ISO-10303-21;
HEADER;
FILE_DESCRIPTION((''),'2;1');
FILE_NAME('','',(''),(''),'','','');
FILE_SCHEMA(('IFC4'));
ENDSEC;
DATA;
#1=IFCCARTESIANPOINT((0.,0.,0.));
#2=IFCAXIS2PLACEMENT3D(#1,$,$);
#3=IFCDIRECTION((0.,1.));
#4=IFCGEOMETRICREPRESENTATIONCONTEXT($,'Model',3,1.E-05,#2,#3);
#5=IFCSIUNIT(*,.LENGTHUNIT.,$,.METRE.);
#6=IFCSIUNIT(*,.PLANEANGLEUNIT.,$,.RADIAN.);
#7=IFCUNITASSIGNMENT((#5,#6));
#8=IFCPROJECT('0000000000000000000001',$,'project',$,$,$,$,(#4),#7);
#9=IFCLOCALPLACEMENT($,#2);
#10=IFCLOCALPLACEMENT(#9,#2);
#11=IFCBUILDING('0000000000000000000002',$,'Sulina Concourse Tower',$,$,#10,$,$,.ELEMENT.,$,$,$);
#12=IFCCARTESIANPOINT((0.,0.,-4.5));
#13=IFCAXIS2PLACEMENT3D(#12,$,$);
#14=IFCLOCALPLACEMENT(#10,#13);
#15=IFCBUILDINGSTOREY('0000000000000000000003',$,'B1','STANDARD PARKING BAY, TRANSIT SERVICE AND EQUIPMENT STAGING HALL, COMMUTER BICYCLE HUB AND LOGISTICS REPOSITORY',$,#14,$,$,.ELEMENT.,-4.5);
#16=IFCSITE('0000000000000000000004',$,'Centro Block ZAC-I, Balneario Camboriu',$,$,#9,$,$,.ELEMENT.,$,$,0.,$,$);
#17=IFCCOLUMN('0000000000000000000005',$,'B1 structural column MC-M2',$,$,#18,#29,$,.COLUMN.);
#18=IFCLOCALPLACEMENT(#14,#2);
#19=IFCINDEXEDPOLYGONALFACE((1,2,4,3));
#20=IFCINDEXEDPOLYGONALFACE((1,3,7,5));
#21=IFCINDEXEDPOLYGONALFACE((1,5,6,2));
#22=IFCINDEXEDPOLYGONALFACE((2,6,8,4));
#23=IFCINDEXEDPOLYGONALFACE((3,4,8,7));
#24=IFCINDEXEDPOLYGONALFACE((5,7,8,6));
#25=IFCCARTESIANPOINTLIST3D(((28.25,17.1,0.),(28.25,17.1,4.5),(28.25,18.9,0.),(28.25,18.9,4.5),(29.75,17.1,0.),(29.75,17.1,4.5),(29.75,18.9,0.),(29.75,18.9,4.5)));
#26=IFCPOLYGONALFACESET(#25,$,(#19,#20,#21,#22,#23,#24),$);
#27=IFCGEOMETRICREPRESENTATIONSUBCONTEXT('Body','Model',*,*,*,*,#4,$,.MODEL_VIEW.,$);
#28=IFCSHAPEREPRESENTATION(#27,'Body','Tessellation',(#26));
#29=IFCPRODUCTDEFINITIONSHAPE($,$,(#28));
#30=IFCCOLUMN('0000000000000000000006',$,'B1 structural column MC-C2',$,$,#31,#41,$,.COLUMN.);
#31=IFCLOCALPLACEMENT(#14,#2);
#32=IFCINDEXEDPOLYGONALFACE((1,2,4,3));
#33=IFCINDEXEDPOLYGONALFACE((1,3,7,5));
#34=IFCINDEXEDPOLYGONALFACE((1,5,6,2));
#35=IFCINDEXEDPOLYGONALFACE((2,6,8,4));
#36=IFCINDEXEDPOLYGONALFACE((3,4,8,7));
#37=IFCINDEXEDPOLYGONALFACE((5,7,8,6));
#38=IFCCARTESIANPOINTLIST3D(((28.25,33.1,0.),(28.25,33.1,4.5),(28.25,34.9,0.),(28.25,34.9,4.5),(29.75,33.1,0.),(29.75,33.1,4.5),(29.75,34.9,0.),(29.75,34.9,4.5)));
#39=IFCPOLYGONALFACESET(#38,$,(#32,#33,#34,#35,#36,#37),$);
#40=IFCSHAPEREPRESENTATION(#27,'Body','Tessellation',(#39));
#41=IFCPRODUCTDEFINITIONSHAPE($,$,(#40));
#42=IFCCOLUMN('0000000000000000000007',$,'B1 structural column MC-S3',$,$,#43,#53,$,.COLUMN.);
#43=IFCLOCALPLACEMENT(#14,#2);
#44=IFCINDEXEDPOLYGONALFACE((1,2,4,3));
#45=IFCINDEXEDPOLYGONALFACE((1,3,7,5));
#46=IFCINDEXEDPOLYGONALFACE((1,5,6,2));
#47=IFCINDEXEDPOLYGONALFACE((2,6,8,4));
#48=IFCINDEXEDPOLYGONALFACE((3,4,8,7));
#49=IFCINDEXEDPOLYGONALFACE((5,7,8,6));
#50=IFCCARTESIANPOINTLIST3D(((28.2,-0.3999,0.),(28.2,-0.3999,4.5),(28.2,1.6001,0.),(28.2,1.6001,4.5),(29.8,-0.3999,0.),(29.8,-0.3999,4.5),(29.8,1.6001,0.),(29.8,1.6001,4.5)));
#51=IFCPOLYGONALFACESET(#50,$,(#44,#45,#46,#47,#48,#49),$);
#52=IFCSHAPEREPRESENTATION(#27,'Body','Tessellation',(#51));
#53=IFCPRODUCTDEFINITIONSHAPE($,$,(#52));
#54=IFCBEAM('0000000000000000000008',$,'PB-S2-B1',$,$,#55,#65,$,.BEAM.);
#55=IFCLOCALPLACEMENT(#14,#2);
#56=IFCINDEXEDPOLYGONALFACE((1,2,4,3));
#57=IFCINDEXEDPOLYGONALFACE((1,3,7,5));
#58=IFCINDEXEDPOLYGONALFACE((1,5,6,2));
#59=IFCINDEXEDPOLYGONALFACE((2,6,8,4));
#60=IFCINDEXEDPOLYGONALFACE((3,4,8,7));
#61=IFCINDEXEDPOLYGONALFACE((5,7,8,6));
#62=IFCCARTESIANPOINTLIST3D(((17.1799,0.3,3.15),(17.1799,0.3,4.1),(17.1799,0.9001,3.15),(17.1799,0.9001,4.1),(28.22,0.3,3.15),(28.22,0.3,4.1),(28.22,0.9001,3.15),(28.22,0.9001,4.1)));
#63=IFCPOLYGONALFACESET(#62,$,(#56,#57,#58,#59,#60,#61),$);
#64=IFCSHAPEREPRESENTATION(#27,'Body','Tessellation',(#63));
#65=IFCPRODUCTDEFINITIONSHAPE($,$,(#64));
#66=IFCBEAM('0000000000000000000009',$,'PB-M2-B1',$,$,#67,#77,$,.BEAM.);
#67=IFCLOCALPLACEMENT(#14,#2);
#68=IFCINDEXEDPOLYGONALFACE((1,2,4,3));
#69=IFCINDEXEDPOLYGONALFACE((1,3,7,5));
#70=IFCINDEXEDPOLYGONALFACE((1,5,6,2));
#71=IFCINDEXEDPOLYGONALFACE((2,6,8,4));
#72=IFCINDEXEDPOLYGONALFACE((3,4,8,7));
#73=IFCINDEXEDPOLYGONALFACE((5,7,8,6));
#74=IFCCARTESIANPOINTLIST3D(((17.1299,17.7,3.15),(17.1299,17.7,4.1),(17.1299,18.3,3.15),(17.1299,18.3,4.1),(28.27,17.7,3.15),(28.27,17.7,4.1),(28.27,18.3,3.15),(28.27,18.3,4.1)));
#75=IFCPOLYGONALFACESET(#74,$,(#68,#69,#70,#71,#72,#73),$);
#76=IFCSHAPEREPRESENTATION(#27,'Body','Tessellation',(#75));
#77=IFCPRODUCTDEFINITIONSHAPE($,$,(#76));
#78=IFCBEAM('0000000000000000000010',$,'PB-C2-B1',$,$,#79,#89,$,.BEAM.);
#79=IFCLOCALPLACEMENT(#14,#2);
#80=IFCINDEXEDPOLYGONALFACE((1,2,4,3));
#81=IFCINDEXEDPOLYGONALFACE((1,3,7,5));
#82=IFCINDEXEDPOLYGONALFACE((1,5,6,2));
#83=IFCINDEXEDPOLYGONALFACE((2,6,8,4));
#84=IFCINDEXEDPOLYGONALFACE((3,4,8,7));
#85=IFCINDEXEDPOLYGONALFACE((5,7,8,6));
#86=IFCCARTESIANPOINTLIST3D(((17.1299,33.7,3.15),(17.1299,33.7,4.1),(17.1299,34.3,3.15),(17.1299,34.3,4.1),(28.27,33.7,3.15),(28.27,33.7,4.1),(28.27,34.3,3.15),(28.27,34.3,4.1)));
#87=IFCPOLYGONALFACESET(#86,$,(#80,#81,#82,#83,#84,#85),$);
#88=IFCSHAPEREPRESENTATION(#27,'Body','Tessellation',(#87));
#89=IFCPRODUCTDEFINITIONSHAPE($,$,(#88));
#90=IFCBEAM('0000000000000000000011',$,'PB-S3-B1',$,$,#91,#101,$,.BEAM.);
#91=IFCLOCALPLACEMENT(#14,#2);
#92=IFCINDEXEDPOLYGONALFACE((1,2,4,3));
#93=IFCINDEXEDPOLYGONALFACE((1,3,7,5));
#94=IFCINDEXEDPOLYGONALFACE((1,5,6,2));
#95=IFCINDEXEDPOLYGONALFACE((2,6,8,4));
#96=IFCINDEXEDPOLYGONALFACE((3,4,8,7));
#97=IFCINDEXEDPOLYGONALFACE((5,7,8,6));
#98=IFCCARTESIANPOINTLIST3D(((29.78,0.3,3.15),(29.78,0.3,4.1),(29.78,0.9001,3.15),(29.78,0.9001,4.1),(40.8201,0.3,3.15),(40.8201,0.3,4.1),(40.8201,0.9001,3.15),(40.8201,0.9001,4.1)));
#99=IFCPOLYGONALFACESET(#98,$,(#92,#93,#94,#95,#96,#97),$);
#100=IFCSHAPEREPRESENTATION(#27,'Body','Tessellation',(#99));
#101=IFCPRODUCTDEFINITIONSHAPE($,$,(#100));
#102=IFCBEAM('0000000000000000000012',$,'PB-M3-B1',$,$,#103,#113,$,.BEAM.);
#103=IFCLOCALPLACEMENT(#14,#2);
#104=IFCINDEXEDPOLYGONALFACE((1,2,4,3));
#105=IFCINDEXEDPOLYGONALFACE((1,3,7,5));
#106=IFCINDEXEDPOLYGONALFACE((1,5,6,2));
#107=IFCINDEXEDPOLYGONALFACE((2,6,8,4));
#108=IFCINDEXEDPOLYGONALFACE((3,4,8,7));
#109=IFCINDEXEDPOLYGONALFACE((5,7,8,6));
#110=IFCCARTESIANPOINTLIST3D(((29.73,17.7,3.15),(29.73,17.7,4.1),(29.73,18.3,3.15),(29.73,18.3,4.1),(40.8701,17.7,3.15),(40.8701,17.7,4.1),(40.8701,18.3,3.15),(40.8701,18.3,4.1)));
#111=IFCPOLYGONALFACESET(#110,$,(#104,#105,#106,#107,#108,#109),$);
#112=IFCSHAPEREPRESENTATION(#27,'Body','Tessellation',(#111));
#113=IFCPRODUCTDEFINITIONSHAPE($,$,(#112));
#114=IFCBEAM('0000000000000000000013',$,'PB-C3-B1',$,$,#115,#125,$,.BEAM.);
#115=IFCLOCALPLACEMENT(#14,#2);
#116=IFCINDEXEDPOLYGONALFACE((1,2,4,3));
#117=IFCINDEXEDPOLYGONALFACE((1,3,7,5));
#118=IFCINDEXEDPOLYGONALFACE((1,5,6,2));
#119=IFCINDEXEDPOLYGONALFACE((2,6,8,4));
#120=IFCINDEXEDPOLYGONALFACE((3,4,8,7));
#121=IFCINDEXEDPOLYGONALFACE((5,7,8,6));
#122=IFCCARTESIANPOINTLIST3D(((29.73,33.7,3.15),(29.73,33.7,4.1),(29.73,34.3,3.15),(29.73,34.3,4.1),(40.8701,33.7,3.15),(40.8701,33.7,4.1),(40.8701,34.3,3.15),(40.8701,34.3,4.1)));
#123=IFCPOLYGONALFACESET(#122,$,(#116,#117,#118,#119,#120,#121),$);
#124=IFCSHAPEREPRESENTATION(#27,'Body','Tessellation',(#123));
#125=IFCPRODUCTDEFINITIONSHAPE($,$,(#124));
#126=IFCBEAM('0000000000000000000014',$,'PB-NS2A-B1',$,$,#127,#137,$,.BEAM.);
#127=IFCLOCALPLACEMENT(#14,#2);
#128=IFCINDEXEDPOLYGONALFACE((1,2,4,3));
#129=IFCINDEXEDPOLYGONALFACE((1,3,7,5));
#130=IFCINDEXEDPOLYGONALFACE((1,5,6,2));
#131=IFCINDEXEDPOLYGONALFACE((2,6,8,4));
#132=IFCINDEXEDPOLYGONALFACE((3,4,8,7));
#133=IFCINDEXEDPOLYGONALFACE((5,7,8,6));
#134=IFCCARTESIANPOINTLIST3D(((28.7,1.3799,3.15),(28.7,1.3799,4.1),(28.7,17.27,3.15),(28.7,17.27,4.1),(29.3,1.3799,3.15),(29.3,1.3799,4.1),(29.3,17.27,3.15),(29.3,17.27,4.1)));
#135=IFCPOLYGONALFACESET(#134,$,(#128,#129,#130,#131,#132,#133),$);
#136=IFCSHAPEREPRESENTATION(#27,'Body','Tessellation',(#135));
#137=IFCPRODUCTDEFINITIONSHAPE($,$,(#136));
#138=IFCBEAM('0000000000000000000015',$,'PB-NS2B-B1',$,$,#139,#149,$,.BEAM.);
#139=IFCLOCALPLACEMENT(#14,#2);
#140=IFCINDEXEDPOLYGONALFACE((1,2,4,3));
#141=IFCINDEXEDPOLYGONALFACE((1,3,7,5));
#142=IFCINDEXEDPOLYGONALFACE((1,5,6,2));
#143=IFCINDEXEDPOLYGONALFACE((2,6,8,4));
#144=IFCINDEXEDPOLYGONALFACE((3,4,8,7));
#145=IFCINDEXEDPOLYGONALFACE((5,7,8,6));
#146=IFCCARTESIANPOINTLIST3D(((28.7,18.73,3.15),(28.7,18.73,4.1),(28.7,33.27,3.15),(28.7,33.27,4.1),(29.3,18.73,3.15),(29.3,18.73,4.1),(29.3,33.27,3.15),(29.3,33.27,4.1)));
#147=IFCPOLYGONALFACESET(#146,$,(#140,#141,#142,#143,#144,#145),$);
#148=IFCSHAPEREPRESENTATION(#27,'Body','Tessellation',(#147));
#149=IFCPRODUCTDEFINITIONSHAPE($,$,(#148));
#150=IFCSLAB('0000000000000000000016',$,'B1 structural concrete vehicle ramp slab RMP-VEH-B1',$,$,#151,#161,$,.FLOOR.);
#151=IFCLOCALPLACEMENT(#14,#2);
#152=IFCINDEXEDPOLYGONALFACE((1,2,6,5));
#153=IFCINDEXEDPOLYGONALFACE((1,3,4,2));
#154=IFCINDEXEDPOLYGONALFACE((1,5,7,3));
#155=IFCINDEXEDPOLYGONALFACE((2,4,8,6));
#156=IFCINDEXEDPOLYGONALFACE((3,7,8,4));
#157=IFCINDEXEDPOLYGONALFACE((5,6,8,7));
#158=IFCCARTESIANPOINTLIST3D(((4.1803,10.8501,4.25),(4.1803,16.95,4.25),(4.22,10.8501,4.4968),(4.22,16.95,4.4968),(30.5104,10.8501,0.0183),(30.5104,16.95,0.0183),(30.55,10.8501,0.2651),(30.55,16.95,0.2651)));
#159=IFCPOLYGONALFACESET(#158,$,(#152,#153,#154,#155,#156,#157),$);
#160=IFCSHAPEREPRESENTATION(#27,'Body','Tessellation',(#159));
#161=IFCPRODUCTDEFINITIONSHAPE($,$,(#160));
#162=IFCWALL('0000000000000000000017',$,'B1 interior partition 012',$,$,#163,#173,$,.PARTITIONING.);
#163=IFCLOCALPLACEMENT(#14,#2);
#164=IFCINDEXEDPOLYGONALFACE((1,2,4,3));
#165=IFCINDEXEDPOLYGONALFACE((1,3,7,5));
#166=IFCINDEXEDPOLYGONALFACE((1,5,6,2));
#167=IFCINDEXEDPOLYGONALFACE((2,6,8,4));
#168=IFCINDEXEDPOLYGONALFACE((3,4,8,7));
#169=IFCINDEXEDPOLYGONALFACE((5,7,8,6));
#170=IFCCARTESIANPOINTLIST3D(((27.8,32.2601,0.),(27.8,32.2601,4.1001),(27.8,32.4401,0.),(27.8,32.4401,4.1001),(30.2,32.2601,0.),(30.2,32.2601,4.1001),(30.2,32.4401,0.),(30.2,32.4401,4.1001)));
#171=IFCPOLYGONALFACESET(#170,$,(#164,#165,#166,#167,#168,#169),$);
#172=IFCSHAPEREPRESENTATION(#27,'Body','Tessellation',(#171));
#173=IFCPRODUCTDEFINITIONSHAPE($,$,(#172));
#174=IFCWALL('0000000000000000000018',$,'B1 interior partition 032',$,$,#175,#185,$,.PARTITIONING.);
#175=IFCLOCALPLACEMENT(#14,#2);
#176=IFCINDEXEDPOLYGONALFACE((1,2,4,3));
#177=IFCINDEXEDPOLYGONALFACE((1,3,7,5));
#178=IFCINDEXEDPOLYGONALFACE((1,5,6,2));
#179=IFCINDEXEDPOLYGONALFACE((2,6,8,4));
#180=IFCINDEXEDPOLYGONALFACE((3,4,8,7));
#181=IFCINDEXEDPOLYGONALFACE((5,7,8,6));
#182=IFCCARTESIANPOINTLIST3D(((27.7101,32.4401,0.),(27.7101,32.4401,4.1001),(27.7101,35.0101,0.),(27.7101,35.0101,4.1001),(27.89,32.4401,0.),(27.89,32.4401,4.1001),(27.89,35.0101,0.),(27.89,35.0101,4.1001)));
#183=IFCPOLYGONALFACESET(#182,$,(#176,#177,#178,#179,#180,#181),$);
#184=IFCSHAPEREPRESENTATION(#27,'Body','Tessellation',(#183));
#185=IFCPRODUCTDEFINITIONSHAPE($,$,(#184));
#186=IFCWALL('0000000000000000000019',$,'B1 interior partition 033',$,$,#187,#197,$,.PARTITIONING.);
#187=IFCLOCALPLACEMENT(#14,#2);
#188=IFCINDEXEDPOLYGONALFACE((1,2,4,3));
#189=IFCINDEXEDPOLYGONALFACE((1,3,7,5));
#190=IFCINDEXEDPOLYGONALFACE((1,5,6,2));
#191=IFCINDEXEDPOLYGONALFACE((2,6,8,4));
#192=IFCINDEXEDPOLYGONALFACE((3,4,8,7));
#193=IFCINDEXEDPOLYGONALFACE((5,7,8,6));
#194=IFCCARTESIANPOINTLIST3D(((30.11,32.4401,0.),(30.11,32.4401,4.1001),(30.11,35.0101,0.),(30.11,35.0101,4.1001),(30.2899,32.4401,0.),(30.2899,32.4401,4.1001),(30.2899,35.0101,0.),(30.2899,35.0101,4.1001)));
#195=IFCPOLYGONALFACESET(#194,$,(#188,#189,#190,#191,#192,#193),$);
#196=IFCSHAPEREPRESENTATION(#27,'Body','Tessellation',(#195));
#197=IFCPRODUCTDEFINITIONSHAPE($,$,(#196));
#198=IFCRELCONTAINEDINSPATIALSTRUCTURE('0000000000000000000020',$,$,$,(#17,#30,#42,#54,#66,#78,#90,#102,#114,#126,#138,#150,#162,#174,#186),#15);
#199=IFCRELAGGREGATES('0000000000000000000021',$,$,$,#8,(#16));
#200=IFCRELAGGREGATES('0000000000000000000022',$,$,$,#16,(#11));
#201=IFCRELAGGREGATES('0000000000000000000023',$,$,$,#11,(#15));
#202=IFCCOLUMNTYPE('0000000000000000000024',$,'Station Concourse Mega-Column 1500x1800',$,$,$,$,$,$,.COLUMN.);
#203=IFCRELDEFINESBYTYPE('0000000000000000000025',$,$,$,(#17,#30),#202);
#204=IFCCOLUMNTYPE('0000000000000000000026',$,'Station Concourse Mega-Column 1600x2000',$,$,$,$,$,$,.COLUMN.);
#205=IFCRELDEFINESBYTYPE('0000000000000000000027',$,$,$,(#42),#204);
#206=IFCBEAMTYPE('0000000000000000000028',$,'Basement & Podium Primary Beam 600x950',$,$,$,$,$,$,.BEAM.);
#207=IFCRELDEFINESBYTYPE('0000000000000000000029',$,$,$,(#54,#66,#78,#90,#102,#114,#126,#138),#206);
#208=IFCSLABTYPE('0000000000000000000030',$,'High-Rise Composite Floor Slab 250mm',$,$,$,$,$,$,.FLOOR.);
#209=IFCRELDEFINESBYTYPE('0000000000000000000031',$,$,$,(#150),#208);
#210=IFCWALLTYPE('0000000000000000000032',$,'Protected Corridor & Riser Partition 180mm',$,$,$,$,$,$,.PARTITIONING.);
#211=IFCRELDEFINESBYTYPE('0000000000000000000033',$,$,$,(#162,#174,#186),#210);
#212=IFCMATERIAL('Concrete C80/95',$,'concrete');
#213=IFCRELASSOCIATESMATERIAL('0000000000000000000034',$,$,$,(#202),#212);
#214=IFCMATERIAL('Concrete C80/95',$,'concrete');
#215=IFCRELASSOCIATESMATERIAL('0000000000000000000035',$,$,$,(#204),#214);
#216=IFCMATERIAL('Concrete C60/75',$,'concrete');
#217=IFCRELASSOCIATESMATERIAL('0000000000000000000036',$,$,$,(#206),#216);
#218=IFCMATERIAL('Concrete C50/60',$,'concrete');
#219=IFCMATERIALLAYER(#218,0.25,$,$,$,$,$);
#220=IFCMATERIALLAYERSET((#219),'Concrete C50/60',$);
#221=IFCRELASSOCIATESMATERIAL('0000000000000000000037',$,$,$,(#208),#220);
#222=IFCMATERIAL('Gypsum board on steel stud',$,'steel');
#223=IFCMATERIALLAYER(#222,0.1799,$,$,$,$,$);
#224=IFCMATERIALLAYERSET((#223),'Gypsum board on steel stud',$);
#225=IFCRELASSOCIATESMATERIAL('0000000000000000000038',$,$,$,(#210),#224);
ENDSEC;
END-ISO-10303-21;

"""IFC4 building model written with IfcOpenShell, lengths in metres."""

from ifc_helpers import new_model, si_unit, direction, frame, frame_2d, origin, origin_2d, place, context, subcontext, project, spatial, polyline, rectangle, outline, extrude, material, layer, layer_set, material_profile, profile_set, type_object, element, save


model = new_model("IFC4")

# Units and contexts
model_context = context("Model", 3, precision=1e-05, world=origin(), true_north=direction((0.0, 1.0)))
body_context = subcontext(model_context, "Body", "Model", "MODEL_VIEW")
ifc_project = project(units=[si_unit("LENGTHUNIT", "METRE"), si_unit("PLANEANGLEUNIT", "RADIAN")], contexts=[model_context])

# Site, building, storey
site_placement = place(None, origin())
site = spatial("IfcSite", under=ifc_project, at=site_placement, Name="Centro Block ZAC-I, Balneario Camboriu", CompositionType="ELEMENT", RefElevation=0.0)
building_placement = place(site_placement, origin())
building = spatial("IfcBuilding", under=site, at=building_placement, Name="Sulina Concourse Tower", CompositionType="ELEMENT")
storey_placement = place(building_placement, frame((0.0, 0.0, -4.5)))
storey = spatial("IfcBuildingStorey", under=building, at=storey_placement, Name="B1", Description="STANDARD PARKING BAY, TRANSIT SERVICE AND EQUIPMENT STAGING HALL, COMMUTER BICYCLE HUB AND LOGISTICS REPOSITORY", CompositionType="ELEMENT", Elevation=-4.5)

# Columns
ifc_material_1 = material(Name="Concrete C80/95", Category="concrete")
ifc_material_profile_1 = material_profile(ifc_material_1, rectangle(XDim=1.5, YDim=1.8, at=origin_2d()), Name="RC 1500x1800")
ifc_profile_set_1 = profile_set([ifc_material_profile_1], Name="Concrete C80/95")
column_type_1 = type_object("IfcColumnType", Name="Station Concourse Mega-Column 1500x1800", PredefinedType="COLUMN", material=ifc_profile_set_1)
for number, where, z_axis, x_axis, name in (
    (1, (29.0, 18.0, 0.0), (0.0, 0.0, 1.0), (1.0, 0.0, 0.0), "B1 structural column MC-M2"),
    (2, (29.0, 34.0, 0.0), (0.0, 0.0, 1.0), (1.0, 0.0, 0.0), "B1 structural column MC-C2"),
):
    element("IfcColumn", number, at=place(storey_placement, frame(where, z_axis=z_axis, x_axis=x_axis)), inside=storey, type_object=column_type_1, Name=name, PredefinedType="COLUMN", context=body_context, shape_type="SweptSolid", body=[
        extrude(rectangle(XDim=1.5, YDim=1.8, at=origin_2d()), origin(), (0.0, 0.0, 1.0), 4.5),
    ])
ifc_material_2 = material(Name="Concrete C80/95", Category="concrete")
ifc_material_profile_2 = material_profile(ifc_material_2, rectangle(XDim=1.6001, YDim=2.0, at=origin_2d()), Name="RC 1600x2000")
ifc_profile_set_2 = profile_set([ifc_material_profile_2], Name="Concrete C80/95")
column_type_2 = type_object("IfcColumnType", Name="Station Concourse Mega-Column 1600x2000", PredefinedType="COLUMN", material=ifc_profile_set_2)
column_placement = place(storey_placement, frame((29.0, 0.6001, 0.0), z_axis=(0.0, 0.0, 1.0), x_axis=(1.0, 0.0, 0.0)))
element("IfcColumn", 3, at=column_placement, inside=storey, type_object=column_type_2, Name="B1 structural column MC-S3", PredefinedType="COLUMN", context=body_context, shape_type="SweptSolid", body=[
    extrude(rectangle(XDim=1.6001, YDim=2.0, at=origin_2d()), origin(), (0.0, 0.0, 1.0), 4.5),
])

# Beams
ifc_material_3 = material(Name="Concrete C60/75", Category="concrete")
ifc_material_profile_3 = material_profile(ifc_material_3, rectangle(XDim=0.6001, YDim=0.95, at=origin_2d()), Name="RC 600x950")
ifc_profile_set_3 = profile_set([ifc_material_profile_3], Name="Concrete C60/75")
beam_type = type_object("IfcBeamType", Name="Basement & Podium Primary Beam 600x950", PredefinedType="BEAM", material=ifc_profile_set_3)
beam_1_placement = place(storey_placement, frame((17.1799, 0.6001, 3.625), z_axis=(1.0, 0.0, 0.0), x_axis=(0.0, 1.0, 0.0)))
element("IfcBeam", 4, at=beam_1_placement, inside=storey, type_object=beam_type, Name="PB-S2-B1", PredefinedType="BEAM", context=body_context, shape_type="SweptSolid", body=[
    extrude(rectangle(XDim=0.6001, YDim=0.95, at=origin_2d()), origin(), (0.0, 0.0, 1.0), 11.04),
])
for number, where, z_axis, x_axis, name in (
    (5, (17.1299, 18.0, 3.625), (1.0, 0.0, 0.0), (0.0, 1.0, 0.0), "PB-M2-B1"),
    (6, (17.1299, 34.0, 3.625), (1.0, 0.0, 0.0), (0.0, 1.0, 0.0), "PB-C2-B1"),
):
    element("IfcBeam", number, at=place(storey_placement, frame(where, z_axis=z_axis, x_axis=x_axis)), inside=storey, type_object=beam_type, Name=name, PredefinedType="BEAM", context=body_context, shape_type="SweptSolid", body=[
        extrude(rectangle(XDim=0.6001, YDim=0.95, at=origin_2d()), origin(), (0.0, 0.0, 1.0), 11.1401),
    ])
beam_2_placement = place(storey_placement, frame((29.78, 0.6001, 3.625), z_axis=(1.0, 0.0, 0.0), x_axis=(0.0, 1.0, 0.0)))
element("IfcBeam", 7, at=beam_2_placement, inside=storey, type_object=beam_type, Name="PB-S3-B1", PredefinedType="BEAM", context=body_context, shape_type="SweptSolid", body=[
    extrude(rectangle(XDim=0.6001, YDim=0.95, at=origin_2d()), origin(), (0.0, 0.0, 1.0), 11.04),
])
for number, where, z_axis, x_axis, name in (
    (8, (29.73, 18.0, 3.625), (1.0, 0.0, 0.0), (0.0, 1.0, 0.0), "PB-M3-B1"),
    (9, (29.73, 34.0, 3.625), (1.0, 0.0, 0.0), (0.0, 1.0, 0.0), "PB-C3-B1"),
):
    element("IfcBeam", number, at=place(storey_placement, frame(where, z_axis=z_axis, x_axis=x_axis)), inside=storey, type_object=beam_type, Name=name, PredefinedType="BEAM", context=body_context, shape_type="SweptSolid", body=[
        extrude(rectangle(XDim=0.6001, YDim=0.95, at=origin_2d()), origin(), (0.0, 0.0, 1.0), 11.1401),
    ])
beam_3_placement = place(storey_placement, frame((29.0, 1.3799, 3.625), z_axis=(0.0, 1.0, 0.0), x_axis=(-1.0, 0.0, 0.0)))
element("IfcBeam", 10, at=beam_3_placement, inside=storey, type_object=beam_type, Name="PB-NS2A-B1", PredefinedType="BEAM", context=body_context, shape_type="SweptSolid", body=[
    extrude(rectangle(XDim=0.6001, YDim=0.95, at=origin_2d()), origin(), (0.0, 0.0, 1.0), 15.8901),
])
beam_4_placement = place(storey_placement, frame((29.0, 18.73, 3.625), z_axis=(0.0, 1.0, 0.0), x_axis=(-1.0, 0.0, 0.0)))
element("IfcBeam", 11, at=beam_4_placement, inside=storey, type_object=beam_type, Name="PB-NS2B-B1", PredefinedType="BEAM", context=body_context, shape_type="SweptSolid", body=[
    extrude(rectangle(XDim=0.6001, YDim=0.95, at=origin_2d()), origin(), (0.0, 0.0, 1.0), 14.54),
])

# Slab
ifc_material_4 = material(Name="Concrete C50/60", Category="concrete")
ifc_layer_1 = layer(ifc_material_4, 0.25)
ifc_layer_set_1 = layer_set([ifc_layer_1], Name="Concrete C50/60")
slab_type = type_object("IfcSlabType", Name="High-Rise Composite Floor Slab 250mm", PredefinedType="FLOOR", material=ifc_layer_set_1)
slab_placement = place(storey_placement, frame((30.55, 10.8501, 0.2651), z_axis=(0.158681, 0.0, 0.98733), x_axis=(0.0, 1.0, 0.0)))
element("IfcSlab", 12, at=slab_placement, inside=storey, type_object=slab_type, Name="B1 structural concrete vehicle ramp slab RMP-VEH-B1", PredefinedType="FLOOR", context=body_context, shape_type="SweptSolid", body=[
    extrude(outline(polyline([(0.0, 0.0), (6.0999, 0.0), (6.0999, 26.668), (0.0, 26.668), (0.0, 0.0)])), origin(), (0.0, 0.0, -1.0), 0.25),
])

# Walls
ifc_material_5 = material(Name="Gypsum board on steel stud", Category="steel")
ifc_layer_2 = layer(ifc_material_5, 0.1799)
ifc_layer_set_2 = layer_set([ifc_layer_2], Name="Gypsum board on steel stud")
wall_type_1 = type_object("IfcWallType", Name="Protected Corridor & Riser Partition 180mm", PredefinedType="PARTITIONING", material=ifc_layer_set_2)
wall_1_placement = place(storey_placement, frame((27.8, 32.3501, 0.0), z_axis=(0.0, 0.0, 1.0), x_axis=(1.0, 0.0, 0.0)))
element("IfcWall", 13, at=wall_1_placement, inside=storey, type_object=wall_type_1, Name="B1 interior partition 012", PredefinedType="PARTITIONING", context=body_context, shape_type="SweptSolid", body=[
    extrude(rectangle(XDim=2.3999, YDim=0.1799, at=frame_2d((1.2, 0.0))), origin(), (0.0, 0.0, 1.0), 4.1001),
])
for number, where, z_axis, x_axis, name in (
    (14, (27.8, 32.4399, 0.0), (0.0, 0.0, 1.0), (0.0, 1.0, 0.0), "B1 interior partition 032"),
    (15, (30.2, 32.4399, 0.0), (0.0, 0.0, 1.0), (0.0, 1.0, 0.0), "B1 interior partition 033"),
):
    element("IfcWall", number, at=place(storey_placement, frame(where, z_axis=z_axis, x_axis=x_axis)), inside=storey, type_object=wall_type_1, Name=name, PredefinedType="PARTITIONING", context=body_context, shape_type="SweptSolid", body=[
        extrude(rectangle(XDim=2.5701, YDim=0.1799, at=frame_2d((1.2852, 0.0))), origin(), (0.0, 0.0, 1.0), 4.1001),
    ])

save(model, "model.ifc")
